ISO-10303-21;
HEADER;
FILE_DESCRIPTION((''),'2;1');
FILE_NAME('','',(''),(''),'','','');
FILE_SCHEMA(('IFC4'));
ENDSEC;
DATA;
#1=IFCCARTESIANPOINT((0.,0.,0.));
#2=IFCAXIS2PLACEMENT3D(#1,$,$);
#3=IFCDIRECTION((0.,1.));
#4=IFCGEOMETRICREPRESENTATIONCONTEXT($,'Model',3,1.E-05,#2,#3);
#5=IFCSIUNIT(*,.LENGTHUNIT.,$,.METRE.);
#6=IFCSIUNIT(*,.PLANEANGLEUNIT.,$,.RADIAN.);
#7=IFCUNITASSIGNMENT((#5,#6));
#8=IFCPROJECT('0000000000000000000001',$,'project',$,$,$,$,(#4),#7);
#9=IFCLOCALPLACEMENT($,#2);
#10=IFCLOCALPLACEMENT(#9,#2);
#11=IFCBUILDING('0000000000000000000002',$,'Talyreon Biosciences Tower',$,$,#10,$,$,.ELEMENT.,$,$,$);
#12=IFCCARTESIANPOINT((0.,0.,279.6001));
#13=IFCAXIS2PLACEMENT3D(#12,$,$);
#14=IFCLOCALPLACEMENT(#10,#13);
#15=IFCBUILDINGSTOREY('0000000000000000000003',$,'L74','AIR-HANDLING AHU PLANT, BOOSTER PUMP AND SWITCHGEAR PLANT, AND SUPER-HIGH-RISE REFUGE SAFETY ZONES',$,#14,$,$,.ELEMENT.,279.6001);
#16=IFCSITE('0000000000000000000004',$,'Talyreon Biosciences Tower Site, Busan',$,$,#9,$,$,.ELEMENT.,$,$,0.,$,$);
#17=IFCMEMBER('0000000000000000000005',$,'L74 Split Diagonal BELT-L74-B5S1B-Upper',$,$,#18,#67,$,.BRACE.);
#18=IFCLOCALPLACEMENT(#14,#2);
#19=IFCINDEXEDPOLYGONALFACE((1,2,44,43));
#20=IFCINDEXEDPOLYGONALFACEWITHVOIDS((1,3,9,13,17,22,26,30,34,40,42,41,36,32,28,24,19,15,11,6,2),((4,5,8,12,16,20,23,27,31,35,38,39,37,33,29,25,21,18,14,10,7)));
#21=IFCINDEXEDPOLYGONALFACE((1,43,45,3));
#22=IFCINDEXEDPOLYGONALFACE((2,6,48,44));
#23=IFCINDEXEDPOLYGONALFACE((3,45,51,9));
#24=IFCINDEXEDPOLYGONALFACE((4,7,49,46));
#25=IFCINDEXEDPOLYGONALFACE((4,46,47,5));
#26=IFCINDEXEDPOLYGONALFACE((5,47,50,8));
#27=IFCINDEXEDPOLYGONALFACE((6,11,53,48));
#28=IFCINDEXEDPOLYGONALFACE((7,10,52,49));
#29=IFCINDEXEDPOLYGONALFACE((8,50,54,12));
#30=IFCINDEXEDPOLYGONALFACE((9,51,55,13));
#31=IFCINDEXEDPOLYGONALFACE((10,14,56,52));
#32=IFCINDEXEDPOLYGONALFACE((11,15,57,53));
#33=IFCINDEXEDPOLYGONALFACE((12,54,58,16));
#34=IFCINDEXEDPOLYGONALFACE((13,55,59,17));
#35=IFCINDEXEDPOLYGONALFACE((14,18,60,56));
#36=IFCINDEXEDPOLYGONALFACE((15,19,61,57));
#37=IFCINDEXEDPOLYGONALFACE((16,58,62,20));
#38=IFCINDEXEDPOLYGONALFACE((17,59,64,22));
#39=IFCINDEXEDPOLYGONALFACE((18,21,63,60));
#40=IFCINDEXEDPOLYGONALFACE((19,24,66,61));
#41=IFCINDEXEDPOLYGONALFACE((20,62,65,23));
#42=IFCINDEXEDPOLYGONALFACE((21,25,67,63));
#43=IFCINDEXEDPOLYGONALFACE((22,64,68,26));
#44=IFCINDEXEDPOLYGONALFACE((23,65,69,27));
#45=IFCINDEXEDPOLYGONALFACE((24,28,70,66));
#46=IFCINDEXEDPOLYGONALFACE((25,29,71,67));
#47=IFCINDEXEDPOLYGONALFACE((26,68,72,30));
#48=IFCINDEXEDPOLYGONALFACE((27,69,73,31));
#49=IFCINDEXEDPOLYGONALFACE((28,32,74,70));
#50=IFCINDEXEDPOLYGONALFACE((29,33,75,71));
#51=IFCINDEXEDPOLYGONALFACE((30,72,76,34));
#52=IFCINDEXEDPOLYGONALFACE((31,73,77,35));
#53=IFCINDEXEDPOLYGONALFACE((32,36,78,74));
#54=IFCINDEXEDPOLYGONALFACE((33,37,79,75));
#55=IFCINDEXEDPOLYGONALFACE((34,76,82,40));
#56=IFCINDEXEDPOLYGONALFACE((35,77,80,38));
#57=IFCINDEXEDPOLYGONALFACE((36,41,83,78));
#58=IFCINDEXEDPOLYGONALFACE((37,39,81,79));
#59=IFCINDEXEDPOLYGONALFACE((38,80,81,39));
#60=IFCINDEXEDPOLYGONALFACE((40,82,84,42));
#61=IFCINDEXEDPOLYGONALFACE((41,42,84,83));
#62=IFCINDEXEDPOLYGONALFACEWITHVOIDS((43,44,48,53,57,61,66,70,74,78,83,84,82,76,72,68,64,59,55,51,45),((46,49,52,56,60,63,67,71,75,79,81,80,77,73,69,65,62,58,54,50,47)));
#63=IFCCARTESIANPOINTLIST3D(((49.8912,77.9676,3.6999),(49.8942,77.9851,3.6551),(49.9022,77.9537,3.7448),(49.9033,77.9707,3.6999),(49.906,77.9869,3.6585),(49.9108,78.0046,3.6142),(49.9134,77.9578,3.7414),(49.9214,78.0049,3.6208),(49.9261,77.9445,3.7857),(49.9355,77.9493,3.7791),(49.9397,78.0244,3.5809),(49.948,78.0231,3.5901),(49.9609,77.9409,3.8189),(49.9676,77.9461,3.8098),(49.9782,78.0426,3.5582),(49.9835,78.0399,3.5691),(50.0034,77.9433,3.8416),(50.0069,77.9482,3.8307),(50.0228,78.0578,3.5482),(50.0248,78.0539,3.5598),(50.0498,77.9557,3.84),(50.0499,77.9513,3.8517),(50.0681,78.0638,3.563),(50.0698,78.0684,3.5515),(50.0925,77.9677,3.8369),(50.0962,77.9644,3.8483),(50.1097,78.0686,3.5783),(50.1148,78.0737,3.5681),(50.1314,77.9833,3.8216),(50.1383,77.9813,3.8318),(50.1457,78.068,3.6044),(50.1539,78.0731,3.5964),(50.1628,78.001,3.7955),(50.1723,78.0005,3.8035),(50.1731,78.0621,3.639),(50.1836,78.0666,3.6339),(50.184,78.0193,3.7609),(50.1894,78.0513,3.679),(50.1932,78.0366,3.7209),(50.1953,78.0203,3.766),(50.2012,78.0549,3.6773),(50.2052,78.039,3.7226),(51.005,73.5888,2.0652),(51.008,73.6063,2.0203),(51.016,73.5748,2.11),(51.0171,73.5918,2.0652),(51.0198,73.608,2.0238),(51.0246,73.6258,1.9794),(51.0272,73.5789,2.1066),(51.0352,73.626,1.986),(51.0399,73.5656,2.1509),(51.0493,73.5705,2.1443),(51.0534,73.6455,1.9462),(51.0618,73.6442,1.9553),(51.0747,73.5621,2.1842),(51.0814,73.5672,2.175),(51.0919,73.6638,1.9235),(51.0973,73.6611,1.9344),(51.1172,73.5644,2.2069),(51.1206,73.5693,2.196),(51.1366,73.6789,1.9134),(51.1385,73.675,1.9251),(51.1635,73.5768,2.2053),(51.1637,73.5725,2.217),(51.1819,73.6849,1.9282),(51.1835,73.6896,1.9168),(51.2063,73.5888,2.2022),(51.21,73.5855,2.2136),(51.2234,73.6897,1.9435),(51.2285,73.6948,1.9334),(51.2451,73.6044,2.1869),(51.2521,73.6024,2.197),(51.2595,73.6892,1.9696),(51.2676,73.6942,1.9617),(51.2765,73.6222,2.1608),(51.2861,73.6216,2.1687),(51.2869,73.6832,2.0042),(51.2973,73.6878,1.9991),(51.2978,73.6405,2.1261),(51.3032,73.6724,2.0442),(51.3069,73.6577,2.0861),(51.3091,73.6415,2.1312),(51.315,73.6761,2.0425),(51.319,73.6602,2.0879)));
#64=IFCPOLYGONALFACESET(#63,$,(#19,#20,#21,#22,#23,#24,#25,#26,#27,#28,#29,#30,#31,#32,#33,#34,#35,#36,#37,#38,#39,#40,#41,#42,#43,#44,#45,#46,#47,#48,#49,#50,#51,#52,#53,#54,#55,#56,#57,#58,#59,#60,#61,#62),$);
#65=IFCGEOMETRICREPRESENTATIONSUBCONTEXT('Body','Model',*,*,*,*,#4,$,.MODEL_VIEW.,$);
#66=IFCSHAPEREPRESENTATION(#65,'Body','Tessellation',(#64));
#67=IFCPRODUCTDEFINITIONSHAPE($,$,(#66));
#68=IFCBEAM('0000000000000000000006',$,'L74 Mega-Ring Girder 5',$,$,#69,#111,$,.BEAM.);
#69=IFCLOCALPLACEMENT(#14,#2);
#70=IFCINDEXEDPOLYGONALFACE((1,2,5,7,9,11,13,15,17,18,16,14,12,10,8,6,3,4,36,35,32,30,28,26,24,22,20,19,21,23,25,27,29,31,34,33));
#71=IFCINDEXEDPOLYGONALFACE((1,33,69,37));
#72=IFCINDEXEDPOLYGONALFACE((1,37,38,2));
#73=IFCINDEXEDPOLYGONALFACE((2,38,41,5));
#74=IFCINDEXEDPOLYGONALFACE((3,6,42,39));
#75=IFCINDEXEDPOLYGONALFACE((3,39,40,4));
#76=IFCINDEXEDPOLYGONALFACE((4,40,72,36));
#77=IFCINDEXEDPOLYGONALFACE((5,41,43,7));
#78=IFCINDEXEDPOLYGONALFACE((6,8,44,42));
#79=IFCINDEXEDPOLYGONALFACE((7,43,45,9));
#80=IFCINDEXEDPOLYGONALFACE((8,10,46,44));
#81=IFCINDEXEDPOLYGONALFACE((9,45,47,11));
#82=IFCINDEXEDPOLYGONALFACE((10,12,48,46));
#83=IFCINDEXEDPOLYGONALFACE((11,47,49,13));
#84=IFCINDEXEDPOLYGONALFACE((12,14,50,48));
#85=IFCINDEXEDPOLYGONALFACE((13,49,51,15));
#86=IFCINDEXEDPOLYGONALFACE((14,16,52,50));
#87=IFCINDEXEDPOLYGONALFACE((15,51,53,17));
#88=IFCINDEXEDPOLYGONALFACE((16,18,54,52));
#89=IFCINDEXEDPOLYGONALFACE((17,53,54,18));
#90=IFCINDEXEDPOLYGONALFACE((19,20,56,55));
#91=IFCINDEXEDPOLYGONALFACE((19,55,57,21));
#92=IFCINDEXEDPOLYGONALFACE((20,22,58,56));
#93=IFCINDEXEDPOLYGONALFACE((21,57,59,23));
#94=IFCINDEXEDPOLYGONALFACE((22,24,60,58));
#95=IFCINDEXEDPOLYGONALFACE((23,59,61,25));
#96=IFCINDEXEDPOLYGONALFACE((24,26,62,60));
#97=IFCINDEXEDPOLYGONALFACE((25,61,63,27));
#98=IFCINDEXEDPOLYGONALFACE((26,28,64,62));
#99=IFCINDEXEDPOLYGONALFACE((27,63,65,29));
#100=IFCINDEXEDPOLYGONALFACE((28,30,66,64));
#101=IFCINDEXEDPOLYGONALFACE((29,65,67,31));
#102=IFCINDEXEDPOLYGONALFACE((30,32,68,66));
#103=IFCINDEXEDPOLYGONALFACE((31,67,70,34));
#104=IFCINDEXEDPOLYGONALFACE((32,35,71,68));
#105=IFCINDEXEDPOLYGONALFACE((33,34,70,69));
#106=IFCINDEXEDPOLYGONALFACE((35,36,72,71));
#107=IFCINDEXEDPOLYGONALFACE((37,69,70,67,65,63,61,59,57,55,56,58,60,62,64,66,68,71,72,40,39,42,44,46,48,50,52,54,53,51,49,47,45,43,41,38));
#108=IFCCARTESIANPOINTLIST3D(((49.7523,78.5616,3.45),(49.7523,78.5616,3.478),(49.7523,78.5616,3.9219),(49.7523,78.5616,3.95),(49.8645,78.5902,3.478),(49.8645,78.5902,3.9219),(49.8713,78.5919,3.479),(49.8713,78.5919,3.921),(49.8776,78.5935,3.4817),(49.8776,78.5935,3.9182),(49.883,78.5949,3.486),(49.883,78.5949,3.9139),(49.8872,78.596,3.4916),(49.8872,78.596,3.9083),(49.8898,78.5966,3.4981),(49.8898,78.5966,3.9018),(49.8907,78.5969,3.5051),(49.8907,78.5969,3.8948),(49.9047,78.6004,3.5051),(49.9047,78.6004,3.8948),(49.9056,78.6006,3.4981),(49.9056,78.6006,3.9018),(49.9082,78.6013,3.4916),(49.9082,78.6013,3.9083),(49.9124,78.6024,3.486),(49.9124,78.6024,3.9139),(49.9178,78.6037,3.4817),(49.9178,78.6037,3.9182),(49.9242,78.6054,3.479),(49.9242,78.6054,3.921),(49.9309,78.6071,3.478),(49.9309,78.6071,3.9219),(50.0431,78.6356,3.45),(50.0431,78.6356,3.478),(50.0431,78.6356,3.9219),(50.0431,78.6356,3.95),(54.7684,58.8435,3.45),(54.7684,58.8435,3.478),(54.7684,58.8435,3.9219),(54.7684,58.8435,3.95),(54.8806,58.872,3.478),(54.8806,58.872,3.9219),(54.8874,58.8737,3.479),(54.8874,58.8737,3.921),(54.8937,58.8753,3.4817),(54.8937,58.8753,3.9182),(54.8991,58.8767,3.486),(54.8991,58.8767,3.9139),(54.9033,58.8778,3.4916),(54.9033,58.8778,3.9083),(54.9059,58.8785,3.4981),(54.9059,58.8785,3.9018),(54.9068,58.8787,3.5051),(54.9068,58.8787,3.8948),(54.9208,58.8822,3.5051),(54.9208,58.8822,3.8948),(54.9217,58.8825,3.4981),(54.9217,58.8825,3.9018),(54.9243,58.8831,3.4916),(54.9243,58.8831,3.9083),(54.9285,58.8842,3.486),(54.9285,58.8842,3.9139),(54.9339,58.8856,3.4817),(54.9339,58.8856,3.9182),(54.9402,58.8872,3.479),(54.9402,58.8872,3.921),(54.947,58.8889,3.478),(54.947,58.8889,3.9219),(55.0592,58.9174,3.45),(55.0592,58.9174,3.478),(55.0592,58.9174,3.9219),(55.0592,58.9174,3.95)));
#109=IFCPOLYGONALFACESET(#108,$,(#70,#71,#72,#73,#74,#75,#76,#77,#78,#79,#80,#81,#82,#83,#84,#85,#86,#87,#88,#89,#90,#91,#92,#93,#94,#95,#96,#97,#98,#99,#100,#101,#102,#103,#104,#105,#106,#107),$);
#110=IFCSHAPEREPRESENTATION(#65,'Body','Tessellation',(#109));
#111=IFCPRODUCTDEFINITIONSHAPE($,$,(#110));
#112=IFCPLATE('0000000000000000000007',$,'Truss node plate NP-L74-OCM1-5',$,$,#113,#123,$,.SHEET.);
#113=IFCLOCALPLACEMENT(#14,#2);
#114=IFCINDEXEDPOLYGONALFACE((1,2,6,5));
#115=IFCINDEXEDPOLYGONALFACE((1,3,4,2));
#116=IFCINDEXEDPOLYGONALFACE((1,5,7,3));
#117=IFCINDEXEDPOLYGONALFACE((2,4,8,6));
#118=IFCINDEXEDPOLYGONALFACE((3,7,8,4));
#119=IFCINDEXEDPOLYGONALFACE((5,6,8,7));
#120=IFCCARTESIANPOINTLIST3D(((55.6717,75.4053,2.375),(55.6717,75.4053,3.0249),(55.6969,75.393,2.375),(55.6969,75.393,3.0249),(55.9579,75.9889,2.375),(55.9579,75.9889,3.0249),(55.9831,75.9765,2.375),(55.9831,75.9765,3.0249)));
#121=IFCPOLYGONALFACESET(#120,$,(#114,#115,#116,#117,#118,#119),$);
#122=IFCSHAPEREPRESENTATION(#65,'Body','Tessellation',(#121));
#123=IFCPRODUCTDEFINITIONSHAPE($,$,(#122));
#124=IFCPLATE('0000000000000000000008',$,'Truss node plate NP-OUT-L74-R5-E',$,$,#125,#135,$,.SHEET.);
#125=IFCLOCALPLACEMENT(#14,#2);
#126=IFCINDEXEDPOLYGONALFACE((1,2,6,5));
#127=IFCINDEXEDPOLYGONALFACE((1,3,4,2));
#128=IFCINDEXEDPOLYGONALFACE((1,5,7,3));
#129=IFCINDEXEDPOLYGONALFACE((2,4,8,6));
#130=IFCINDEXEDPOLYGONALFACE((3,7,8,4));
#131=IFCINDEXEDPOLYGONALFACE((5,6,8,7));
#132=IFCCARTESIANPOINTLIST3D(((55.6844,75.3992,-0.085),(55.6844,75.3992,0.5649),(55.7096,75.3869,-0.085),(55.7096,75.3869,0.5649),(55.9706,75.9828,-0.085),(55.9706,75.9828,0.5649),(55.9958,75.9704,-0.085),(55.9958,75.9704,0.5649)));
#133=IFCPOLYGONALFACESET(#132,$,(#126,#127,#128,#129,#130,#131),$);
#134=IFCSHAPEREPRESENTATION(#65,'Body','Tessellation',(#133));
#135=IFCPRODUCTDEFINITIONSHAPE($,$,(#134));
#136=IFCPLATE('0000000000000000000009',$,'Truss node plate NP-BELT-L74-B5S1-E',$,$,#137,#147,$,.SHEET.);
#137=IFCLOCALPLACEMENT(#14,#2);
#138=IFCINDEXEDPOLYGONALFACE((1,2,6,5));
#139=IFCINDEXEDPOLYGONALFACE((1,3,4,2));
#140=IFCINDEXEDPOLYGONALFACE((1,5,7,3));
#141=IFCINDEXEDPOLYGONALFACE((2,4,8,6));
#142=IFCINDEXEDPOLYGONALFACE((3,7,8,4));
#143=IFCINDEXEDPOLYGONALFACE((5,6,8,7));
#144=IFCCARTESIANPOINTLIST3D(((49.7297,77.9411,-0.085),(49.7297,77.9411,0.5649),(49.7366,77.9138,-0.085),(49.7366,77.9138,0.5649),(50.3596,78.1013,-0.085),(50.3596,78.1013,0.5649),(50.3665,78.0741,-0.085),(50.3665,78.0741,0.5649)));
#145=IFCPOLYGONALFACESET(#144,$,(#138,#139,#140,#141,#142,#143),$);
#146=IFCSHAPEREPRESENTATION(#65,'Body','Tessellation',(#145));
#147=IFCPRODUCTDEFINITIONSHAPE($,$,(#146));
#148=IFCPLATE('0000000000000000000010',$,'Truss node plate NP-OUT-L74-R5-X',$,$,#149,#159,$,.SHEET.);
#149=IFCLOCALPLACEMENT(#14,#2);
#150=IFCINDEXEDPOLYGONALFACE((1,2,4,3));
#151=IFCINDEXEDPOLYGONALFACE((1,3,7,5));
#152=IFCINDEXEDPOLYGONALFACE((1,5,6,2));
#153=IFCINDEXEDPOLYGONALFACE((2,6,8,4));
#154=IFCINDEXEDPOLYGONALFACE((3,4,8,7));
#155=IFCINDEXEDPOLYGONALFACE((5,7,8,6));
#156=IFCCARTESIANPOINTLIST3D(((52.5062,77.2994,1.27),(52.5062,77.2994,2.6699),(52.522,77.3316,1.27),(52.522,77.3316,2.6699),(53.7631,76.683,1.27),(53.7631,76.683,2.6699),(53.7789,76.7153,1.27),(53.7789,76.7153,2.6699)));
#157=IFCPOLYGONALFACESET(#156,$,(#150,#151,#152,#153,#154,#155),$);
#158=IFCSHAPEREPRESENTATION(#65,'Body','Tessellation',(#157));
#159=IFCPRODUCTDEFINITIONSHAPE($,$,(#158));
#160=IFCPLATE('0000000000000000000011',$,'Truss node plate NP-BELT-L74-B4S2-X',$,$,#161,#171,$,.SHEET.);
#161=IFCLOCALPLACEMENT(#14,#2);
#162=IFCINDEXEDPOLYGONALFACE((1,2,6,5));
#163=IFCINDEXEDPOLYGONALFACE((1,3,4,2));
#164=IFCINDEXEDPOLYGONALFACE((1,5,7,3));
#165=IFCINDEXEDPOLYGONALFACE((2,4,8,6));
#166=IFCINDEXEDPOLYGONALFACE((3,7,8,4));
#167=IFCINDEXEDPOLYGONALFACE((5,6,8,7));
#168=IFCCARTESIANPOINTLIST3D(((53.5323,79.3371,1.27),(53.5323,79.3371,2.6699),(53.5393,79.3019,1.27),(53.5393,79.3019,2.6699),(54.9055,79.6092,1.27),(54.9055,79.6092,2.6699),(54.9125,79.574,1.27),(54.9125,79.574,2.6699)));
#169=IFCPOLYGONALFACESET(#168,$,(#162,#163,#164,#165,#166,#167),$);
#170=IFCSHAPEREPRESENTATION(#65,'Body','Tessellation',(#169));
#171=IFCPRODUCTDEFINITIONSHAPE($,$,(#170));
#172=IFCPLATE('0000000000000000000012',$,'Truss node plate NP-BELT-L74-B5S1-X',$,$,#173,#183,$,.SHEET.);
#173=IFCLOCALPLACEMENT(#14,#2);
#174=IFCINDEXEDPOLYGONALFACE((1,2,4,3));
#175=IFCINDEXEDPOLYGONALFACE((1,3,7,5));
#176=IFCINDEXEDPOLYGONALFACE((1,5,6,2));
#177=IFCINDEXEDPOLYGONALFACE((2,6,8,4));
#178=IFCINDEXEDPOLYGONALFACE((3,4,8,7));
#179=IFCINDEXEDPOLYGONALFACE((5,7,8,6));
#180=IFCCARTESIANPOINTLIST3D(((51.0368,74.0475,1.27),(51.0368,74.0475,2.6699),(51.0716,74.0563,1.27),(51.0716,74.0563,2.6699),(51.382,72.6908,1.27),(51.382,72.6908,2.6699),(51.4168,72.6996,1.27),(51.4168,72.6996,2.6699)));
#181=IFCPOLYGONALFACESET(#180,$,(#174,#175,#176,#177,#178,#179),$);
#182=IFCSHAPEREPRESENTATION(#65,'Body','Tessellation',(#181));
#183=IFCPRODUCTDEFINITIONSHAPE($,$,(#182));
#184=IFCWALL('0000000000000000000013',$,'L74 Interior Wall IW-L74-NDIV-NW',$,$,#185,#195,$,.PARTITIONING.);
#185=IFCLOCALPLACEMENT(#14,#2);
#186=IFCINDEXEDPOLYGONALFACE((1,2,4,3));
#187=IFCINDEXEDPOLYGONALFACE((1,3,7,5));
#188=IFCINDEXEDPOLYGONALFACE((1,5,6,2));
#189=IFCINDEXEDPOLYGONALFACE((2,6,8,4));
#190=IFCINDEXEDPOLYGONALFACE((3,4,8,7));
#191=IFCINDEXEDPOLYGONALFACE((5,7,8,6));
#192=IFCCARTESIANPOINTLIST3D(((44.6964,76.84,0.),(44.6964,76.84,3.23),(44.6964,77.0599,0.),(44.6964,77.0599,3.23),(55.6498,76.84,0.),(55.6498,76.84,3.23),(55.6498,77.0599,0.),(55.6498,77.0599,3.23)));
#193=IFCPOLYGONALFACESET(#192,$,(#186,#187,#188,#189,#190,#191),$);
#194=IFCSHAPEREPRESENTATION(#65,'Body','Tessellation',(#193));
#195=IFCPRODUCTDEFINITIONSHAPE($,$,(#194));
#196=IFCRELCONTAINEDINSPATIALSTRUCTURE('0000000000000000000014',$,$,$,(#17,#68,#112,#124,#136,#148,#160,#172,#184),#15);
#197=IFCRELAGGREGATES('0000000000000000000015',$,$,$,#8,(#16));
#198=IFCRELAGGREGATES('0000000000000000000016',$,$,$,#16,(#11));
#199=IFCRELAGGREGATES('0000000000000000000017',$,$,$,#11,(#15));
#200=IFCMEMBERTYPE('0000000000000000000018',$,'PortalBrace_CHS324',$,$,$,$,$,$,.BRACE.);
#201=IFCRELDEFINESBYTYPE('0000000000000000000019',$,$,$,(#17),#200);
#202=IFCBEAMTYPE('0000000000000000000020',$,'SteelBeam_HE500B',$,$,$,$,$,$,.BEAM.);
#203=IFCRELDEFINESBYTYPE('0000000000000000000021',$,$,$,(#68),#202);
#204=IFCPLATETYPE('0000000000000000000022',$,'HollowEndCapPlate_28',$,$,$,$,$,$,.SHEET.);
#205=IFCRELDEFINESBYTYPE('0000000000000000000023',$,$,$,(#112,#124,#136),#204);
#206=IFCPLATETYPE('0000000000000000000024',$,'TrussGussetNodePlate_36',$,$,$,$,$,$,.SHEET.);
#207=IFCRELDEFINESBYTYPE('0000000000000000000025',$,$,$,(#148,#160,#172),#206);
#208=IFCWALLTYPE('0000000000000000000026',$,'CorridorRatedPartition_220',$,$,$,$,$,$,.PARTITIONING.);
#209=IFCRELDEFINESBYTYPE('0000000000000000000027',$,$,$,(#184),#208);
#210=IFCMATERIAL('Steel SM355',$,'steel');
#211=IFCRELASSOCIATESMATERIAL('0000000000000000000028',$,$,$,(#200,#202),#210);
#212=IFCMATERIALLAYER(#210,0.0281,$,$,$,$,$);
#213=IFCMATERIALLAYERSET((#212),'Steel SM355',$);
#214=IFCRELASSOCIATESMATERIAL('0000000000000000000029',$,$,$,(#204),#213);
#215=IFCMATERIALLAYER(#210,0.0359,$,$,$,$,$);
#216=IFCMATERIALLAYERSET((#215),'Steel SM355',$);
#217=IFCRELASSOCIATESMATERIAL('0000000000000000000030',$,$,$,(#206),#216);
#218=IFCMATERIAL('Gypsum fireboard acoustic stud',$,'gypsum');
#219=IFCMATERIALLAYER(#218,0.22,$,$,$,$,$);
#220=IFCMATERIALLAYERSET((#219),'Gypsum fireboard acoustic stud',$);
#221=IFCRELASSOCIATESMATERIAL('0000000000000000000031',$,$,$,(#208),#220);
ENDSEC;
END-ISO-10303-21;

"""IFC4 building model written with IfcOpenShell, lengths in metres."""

from ifc_helpers import new_model, si_unit, direction, frame, frame_2d, origin, origin_2d, place, context, subcontext, project, spatial, rectangle, hollow_circle, i_section, extrude, material, layer, layer_set, material_profile, profile_set, type_object, element, save


model = new_model("IFC4")

# Units and contexts
model_context = context("Model", 3, precision=1e-05, world=origin(), true_north=direction((0.0, 1.0)))
body_context = subcontext(model_context, "Body", "Model", "MODEL_VIEW")
ifc_project = project(units=[si_unit("LENGTHUNIT", "METRE"), si_unit("PLANEANGLEUNIT", "RADIAN")], contexts=[model_context])

# Site, building, storey
site_placement = place(None, origin())
site = spatial("IfcSite", under=ifc_project, at=site_placement, Name="Talyreon Biosciences Tower Site, Busan", CompositionType="ELEMENT", RefElevation=0.0)
building_placement = place(site_placement, origin())
building = spatial("IfcBuilding", under=site, at=building_placement, Name="Talyreon Biosciences Tower", CompositionType="ELEMENT")
storey_placement = place(building_placement, frame((0.0, 0.0, 279.6001)))
storey = spatial("IfcBuildingStorey", under=building, at=storey_placement, Name="L74", Description="AIR-HANDLING AHU PLANT, BOOSTER PUMP AND SWITCHGEAR PLANT, AND SUPER-HIGH-RISE REFUGE SAFETY ZONES", CompositionType="ELEMENT", Elevation=279.6001)

# Shared definitions
ifc_material_1 = material(Name="Steel SM355", Category="steel")

# Member
ifc_material_profile_1 = material_profile(ifc_material_1, hollow_circle(Radius=0.1619, WallThickness=0.0125, at=origin_2d()), Name="CHS 323.9x12.5")
ifc_profile_set_1 = profile_set([ifc_material_profile_1], Name="Steel SM355")
member_type_1 = type_object("IfcMemberType", Name="PortalBrace_CHS324", PredefinedType="BRACE", material=ifc_profile_set_1)
member_1_placement = place(storey_placement, frame((51.1619, 73.6287, 2.0652), z_axis=(-0.231795, 0.911328, 0.340224), x_axis=(-0.969143, -0.2465, 0.0)))
element("IfcMember", 1, at=member_1_placement, inside=storey, type_object=member_type_1, Name="L74 Split Diagonal BELT-L74-B5S1B-Upper", PredefinedType="BRACE", context=body_context, shape_type="SweptSolid", body=[
    extrude(hollow_circle(Radius=0.1619, WallThickness=0.0125, at=origin_2d()), origin(), (0.0, 0.0, 1.0), 4.8049),
])

# Beam
ifc_material_profile_2 = material_profile(ifc_material_1, i_section(OverallWidth=0.3, OverallDepth=0.5, WebThickness=0.0144, FlangeThickness=0.0281, FilletRadius=0.0271, at=origin_2d()), Name="HE500B")
ifc_profile_set_2 = profile_set([ifc_material_profile_2], Name="Steel SM355")
beam_type_1 = type_object("IfcBeamType", Name="SteelBeam_HE500B", PredefinedType="BEAM", material=ifc_profile_set_2)
beam_1_placement = place(storey_placement, frame((49.8977, 78.5986, 3.7), z_axis=(0.246537, -0.969133, 0.0), x_axis=(0.969133, 0.246537, 0.0)))
element("IfcBeam", 2, at=beam_1_placement, inside=storey, type_object=beam_type_1, Name="L74 Mega-Ring Girder 5", PredefinedType="BEAM", context=body_context, shape_type="SweptSolid", body=[
    extrude(i_section(OverallWidth=0.3, OverallDepth=0.5, WebThickness=0.0144, FlangeThickness=0.0281, FilletRadius=0.0271, at=origin_2d()), origin(), (0.0, 0.0, 1.0), 20.3462),
])

# Plates
ifc_layer_1 = layer(ifc_material_1, 0.0281)
ifc_layer_set_1 = layer_set([ifc_layer_1], Name="Steel SM355")
plate_type_1 = type_object("IfcPlateType", Name="HollowEndCapPlate_28", PredefinedType="SHEET", material=ifc_layer_set_1)
for number, where, z_axis, x_axis, name in (
    (3, (55.8274, 75.6909, 2.375), (0.0, 0.0, 1.0), (-0.440284, -0.897859, 0.0), "Truss node plate NP-L74-OCM1-5"),
    (4, (55.8401, 75.6848, -0.085), (0.0, 0.0, 1.0), (-0.440284, -0.897859, 0.0), "Truss node plate NP-OUT-L74-R5-E"),
    (5, (50.0481, 78.0076, -0.085), (0.0, 0.0, 1.0), (0.969132, 0.246542, 0.0), "Truss node plate NP-BELT-L74-B5S1-E"),
):
    element("IfcPlate", number, at=place(storey_placement, frame(where, z_axis=z_axis, x_axis=x_axis)), inside=storey, type_object=plate_type_1, Name=name, PredefinedType="SHEET", context=body_context, shape_type="SweptSolid", body=[
        extrude(rectangle(XDim=0.6499, YDim=0.0281, at=origin_2d()), origin(), (0.0, 0.0, 1.0), 0.6499),
    ])
ifc_layer_2 = layer(ifc_material_1, 0.0359)
ifc_layer_set_2 = layer_set([ifc_layer_2], Name="Steel SM355")
plate_type_2 = type_object("IfcPlateType", Name="TrussGussetNodePlate_36", PredefinedType="SHEET", material=ifc_layer_set_2)
for number, where, z_axis, x_axis, name in (
    (6, (53.1426, 77.0073, 1.27), (0.0, 0.0, 1.0), (-0.897859, 0.440284, 0.0), "Truss node plate NP-OUT-L74-R5-X"),
    (7, (54.2224, 79.4556, 1.27), (0.0, 0.0, 1.0), (-0.980931, -0.194354, 0.0), "Truss node plate NP-BELT-L74-B4S2-X"),
    (8, (51.2268, 73.3735, 1.27), (0.0, 0.0, 1.0), (0.246542, -0.969132, 0.0), "Truss node plate NP-BELT-L74-B5S1-X"),
):
    element("IfcPlate", number, at=place(storey_placement, frame(where, z_axis=z_axis, x_axis=x_axis)), inside=storey, type_object=plate_type_2, Name=name, PredefinedType="SHEET", context=body_context, shape_type="SweptSolid", body=[
        extrude(rectangle(XDim=1.3999, YDim=0.0359, at=origin_2d()), origin(), (0.0, 0.0, 1.0), 1.3999),
    ])

# Wall
ifc_material_2 = material(Name="Gypsum fireboard acoustic stud", Category="gypsum")
ifc_layer_3 = layer(ifc_material_2, 0.22)
ifc_layer_set_3 = layer_set([ifc_layer_3], Name="Gypsum fireboard acoustic stud")
wall_type_1 = type_object("IfcWallType", Name="CorridorRatedPartition_220", PredefinedType="PARTITIONING", material=ifc_layer_set_3)
wall_1_placement = place(storey_placement, frame((44.6965, 76.95, 0.0), z_axis=(0.0, 0.0, 1.0), x_axis=(1.0, 0.0, 0.0)))
element("IfcWall", 9, at=wall_1_placement, inside=storey, type_object=wall_type_1, Name="L74 Interior Wall IW-L74-NDIV-NW", PredefinedType="PARTITIONING", context=body_context, shape_type="SweptSolid", body=[
    extrude(rectangle(XDim=10.9534, YDim=0.22, at=frame_2d((5.4766, 0.0))), origin(), (0.0, 0.0, 1.0), 3.23),
])

save(model, "model.ifc")
